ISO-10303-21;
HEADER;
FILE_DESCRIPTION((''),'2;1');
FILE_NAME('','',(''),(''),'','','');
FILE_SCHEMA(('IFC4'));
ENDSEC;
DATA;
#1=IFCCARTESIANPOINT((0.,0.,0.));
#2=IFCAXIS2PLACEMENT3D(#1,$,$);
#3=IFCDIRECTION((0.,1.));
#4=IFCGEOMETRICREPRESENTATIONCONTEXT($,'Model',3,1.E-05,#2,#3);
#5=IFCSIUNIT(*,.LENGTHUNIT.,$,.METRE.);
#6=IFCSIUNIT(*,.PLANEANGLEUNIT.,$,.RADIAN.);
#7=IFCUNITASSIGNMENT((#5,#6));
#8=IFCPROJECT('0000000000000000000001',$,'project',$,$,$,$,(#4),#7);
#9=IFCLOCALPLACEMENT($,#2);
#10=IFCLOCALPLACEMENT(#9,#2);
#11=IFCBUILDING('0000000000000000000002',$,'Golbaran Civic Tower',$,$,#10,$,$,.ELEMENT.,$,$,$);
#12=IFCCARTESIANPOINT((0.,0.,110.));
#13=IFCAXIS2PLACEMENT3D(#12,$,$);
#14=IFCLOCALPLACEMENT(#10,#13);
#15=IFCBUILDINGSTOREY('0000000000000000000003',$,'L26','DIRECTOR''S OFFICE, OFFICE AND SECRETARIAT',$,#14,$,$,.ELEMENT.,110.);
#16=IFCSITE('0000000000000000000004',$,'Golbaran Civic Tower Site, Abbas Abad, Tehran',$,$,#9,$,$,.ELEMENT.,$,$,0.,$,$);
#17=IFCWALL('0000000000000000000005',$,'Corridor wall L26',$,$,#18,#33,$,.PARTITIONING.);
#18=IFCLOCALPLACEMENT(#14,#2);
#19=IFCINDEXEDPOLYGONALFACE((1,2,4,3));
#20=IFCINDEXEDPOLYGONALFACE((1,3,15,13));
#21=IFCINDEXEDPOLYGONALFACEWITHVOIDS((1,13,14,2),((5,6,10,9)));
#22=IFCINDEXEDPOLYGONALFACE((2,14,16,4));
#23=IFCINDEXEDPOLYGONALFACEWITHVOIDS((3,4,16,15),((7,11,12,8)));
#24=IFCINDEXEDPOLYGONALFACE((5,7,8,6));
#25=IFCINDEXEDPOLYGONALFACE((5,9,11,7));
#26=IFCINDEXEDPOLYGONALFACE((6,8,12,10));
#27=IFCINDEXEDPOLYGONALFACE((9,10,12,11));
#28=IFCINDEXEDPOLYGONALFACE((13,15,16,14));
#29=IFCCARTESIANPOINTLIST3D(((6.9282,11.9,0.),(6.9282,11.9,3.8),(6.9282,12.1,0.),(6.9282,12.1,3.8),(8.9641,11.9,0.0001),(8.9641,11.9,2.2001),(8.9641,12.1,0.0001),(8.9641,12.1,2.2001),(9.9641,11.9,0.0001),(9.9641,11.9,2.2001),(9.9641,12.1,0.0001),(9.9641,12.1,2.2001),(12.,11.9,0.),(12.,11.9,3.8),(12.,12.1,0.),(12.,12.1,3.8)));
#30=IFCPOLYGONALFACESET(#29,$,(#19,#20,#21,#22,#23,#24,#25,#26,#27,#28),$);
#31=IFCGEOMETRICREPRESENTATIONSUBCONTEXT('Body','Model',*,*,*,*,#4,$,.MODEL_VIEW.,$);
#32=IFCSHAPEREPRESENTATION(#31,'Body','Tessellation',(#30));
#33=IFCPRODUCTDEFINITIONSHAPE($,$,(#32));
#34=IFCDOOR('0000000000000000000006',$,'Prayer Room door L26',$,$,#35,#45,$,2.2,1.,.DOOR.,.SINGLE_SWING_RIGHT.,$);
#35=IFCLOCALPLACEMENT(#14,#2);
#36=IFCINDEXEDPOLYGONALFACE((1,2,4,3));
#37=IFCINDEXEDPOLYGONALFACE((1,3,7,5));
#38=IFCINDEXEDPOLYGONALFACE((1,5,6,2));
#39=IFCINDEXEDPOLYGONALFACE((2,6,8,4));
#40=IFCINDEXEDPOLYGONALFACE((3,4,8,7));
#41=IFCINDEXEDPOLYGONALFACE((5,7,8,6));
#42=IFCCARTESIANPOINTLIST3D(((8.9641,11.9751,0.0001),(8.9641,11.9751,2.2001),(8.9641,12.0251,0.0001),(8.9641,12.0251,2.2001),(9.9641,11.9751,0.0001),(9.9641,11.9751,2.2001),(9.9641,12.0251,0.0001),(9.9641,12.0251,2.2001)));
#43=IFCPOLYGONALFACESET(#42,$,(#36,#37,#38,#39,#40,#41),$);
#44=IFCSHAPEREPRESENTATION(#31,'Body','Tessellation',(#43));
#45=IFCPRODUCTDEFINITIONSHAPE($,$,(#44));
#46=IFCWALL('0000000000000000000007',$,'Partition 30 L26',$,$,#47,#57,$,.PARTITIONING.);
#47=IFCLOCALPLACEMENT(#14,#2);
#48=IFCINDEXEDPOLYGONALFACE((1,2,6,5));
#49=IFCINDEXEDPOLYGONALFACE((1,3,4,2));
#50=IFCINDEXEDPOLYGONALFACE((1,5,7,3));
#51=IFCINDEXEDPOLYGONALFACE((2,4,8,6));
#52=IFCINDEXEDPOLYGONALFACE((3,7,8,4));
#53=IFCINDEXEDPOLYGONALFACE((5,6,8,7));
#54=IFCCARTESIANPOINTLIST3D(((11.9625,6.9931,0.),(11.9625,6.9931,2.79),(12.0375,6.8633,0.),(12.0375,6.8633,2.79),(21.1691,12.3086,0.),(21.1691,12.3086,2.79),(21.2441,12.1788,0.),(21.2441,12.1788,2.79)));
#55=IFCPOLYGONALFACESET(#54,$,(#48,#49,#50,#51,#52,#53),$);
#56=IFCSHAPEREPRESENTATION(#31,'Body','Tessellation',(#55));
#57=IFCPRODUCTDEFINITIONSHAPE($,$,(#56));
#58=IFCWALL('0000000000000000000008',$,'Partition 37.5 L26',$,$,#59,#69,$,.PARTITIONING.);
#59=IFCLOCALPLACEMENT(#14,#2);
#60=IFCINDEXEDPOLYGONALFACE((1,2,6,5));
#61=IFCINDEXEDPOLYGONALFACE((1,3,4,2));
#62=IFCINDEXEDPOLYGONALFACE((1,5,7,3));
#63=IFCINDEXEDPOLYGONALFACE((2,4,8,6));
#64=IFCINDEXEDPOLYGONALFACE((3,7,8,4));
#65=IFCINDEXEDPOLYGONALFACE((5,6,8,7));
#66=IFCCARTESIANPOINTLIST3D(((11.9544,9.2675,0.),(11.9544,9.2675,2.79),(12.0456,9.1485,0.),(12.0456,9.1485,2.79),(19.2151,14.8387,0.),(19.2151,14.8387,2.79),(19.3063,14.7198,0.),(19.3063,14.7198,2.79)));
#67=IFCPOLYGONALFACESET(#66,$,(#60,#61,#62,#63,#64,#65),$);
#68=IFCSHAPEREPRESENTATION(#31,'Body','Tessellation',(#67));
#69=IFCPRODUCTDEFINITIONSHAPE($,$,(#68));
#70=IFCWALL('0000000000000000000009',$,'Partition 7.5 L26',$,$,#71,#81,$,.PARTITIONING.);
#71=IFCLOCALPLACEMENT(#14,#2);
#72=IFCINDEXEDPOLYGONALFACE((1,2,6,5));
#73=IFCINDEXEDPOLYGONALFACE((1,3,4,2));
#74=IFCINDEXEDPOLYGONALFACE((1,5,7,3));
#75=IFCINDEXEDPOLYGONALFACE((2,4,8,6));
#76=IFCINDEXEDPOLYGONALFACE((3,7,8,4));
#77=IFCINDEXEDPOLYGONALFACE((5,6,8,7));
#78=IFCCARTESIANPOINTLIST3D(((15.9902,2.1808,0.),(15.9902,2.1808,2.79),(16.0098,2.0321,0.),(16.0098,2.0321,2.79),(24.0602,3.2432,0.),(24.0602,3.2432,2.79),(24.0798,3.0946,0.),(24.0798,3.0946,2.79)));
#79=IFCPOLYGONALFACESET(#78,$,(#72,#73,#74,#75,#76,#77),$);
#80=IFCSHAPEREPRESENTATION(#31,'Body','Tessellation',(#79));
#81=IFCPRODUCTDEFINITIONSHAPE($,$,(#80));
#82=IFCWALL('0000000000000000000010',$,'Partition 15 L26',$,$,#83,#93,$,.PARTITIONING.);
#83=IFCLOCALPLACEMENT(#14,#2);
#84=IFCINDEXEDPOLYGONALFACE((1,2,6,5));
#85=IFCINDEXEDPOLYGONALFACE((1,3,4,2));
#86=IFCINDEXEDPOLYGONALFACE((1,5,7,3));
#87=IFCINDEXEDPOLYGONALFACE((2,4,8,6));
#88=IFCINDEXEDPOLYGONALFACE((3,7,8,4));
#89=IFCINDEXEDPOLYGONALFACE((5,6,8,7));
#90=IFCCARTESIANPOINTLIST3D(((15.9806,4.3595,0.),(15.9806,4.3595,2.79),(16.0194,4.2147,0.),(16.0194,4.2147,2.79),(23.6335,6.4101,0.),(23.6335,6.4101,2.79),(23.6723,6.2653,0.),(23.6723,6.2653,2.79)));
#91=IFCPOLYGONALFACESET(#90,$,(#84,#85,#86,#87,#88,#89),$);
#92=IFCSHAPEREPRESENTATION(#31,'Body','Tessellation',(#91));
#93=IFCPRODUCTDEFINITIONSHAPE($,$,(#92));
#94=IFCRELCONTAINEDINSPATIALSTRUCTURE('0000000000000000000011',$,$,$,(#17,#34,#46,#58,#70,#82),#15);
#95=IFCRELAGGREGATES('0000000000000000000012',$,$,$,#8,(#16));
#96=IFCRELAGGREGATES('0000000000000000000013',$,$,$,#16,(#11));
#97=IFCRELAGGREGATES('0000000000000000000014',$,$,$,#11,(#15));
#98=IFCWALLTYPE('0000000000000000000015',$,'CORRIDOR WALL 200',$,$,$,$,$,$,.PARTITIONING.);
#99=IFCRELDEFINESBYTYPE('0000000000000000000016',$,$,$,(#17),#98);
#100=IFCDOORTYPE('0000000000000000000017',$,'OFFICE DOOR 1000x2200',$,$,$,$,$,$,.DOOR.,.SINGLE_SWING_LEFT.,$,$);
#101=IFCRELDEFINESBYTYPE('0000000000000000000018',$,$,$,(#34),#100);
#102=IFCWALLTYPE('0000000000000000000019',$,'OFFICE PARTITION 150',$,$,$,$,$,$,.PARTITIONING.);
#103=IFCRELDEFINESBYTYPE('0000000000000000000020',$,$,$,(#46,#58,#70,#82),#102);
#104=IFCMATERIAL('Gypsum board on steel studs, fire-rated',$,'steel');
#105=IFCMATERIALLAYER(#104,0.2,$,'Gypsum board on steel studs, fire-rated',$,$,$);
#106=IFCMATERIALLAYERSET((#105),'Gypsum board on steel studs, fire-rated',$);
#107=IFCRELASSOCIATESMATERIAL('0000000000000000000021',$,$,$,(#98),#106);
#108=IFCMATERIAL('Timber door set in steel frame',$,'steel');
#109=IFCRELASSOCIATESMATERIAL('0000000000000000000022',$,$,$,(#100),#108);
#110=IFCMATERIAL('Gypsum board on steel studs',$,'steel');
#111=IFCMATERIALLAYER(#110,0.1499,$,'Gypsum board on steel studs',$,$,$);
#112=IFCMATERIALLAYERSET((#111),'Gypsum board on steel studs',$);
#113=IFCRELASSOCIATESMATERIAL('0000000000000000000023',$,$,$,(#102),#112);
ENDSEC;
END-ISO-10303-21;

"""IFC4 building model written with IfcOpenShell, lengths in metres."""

from ifc_helpers import new_model, si_unit, direction, frame, frame_2d, origin, place, context, subcontext, project, spatial, rectangle, extrude, material, layer, layer_set, type_object, element, fill, save


model = new_model("IFC4")

# Units and contexts
model_context = context("Model", 3, precision=1e-05, world=origin(), true_north=direction((0.0, 1.0)))
body_context = subcontext(model_context, "Body", "Model", "MODEL_VIEW")
ifc_project = project(units=[si_unit("LENGTHUNIT", "METRE"), si_unit("PLANEANGLEUNIT", "RADIAN")], contexts=[model_context])

# Site, building, storey
site_placement = place(None, origin())
site = spatial("IfcSite", under=ifc_project, at=site_placement, Name="Golbaran Civic Tower Site, Abbas Abad, Tehran", CompositionType="ELEMENT", RefElevation=0.0)
building_placement = place(site_placement, origin())
building = spatial("IfcBuilding", under=site, at=building_placement, Name="Golbaran Civic Tower", CompositionType="ELEMENT")
storey_placement = place(building_placement, frame((0.0, 0.0, 110.0)))
storey = spatial("IfcBuildingStorey", under=building, at=storey_placement, Name="L26", Description="DIRECTOR'S OFFICE, OFFICE AND SECRETARIAT", CompositionType="ELEMENT", Elevation=110.0)

# Shared definitions
ifc_material_1 = material(Name="Gypsum board on steel studs, fire-rated", Category="steel")
ifc_layer_1 = layer(ifc_material_1, 0.2, Name="Gypsum board on steel studs, fire-rated")
ifc_layer_set_1 = layer_set([ifc_layer_1], Name="Gypsum board on steel studs, fire-rated")
wall_type_1 = type_object("IfcWallType", Name="CORRIDOR WALL 200", PredefinedType="PARTITIONING", material=ifc_layer_set_1)
ifc_material_2 = material(Name="Timber door set in steel frame", Category="steel")
door_type = type_object("IfcDoorType", Name="OFFICE DOOR 1000x2200", OperationType="SINGLE_SWING_LEFT", PredefinedType="DOOR", material=ifc_material_2)

# Wall, opening, door
wall_1_placement = place(storey_placement, frame((12.0, 12.0, 0.0), z_axis=(0.0, 0.0, 1.0), x_axis=(-1.0, 0.0, 0.0)))
wall_1 = element("IfcWall", 1, at=wall_1_placement, inside=storey, type_object=wall_type_1, Name="Corridor wall L26", PredefinedType="PARTITIONING", context=body_context, shape_type="SweptSolid", body=[
    extrude(rectangle(XDim=5.0718, YDim=0.2, at=frame_2d((2.5359, 0.0))), origin(), (0.0, 0.0, 1.0), 3.8),
])
opening_1_placement = place(wall_1_placement, frame((2.0359, 0.0, 0.0)))
opening_1 = element("IfcOpeningElement", 2, at=opening_1_placement, cuts=wall_1, PredefinedType="OPENING", context=body_context, shape_type="SweptSolid", body=[
    extrude(rectangle(XDim=1.0, YDim=2.2, at=frame_2d((0.5, 1.1001))), frame((0.0, 0.1099, 0.0), z_axis=(0.0, -1.0, 0.0), x_axis=(1.0, 0.0, 0.0)), (0.0, 0.0, 1.0), 0.22),
])
door_1_placement = place(opening_1_placement, origin())
door_1 = element("IfcDoor", 3, at=door_1_placement, inside=storey, type_object=door_type, Name="Prayer Room door L26", OperationType="SINGLE_SWING_RIGHT", OverallHeight=2.2, OverallWidth=1.0, PredefinedType="DOOR", context=body_context, shape_type="SweptSolid", body=[
    extrude(rectangle(XDim=1.0, YDim=2.2, at=frame_2d((0.5, 1.1001))), frame((0.0, 0.0249, 0.0), z_axis=(0.0, -1.0, 0.0), x_axis=(1.0, 0.0, 0.0)), (0.0, 0.0, 1.0), 0.05),
])
fill(opening_1, door_1)

# Walls
ifc_material_3 = material(Name="Gypsum board on steel studs", Category="steel")
ifc_layer_2 = layer(ifc_material_3, 0.1499, Name="Gypsum board on steel studs")
ifc_layer_set_2 = layer_set([ifc_layer_2], Name="Gypsum board on steel studs")
wall_type_2 = type_object("IfcWallType", Name="OFFICE PARTITION 150", PredefinedType="PARTITIONING", material=ifc_layer_set_2)
wall_2_placement = place(storey_placement, frame((12.0, 6.9282, 0.0), z_axis=(0.0, 0.0, 1.0), x_axis=(0.866024, 0.500002, 0.0)))
element("IfcWall", 4, at=wall_2_placement, inside=storey, type_object=wall_type_2, Name="Partition 30 L26", PredefinedType="PARTITIONING", context=body_context, shape_type="SweptSolid", body=[
    extrude(rectangle(XDim=10.6309, YDim=0.1499, at=frame_2d((5.3154, 0.0))), origin(), (0.0, 0.0, 1.0), 2.79),
])
wall_3_placement = place(storey_placement, frame((12.0, 9.208, 0.0), z_axis=(0.0, 0.0, 1.0), x_axis=(0.793357, 0.608756, 0.0)))
element("IfcWall", 5, at=wall_3_placement, inside=storey, type_object=wall_type_2, Name="Partition 37.5 L26", PredefinedType="PARTITIONING", context=body_context, shape_type="SweptSolid", body=[
    extrude(rectangle(XDim=9.1519, YDim=0.1499, at=frame_2d((4.5759, 0.0))), origin(), (0.0, 0.0, 1.0), 2.79),
])
wall_4_placement = place(storey_placement, frame((16.0, 2.1064, 0.0), z_axis=(0.0, 0.0, 1.0), x_axis=(0.991444, 0.130533, 0.0)))
element("IfcWall", 6, at=wall_4_placement, inside=storey, type_object=wall_type_2, Name="Partition 7.5 L26", PredefinedType="PARTITIONING", context=body_context, shape_type="SweptSolid", body=[
    extrude(rectangle(XDim=8.1396, YDim=0.1499, at=frame_2d((4.0698, 0.0))), origin(), (0.0, 0.0, 1.0), 2.79),
])
wall_5_placement = place(storey_placement, frame((16.0, 4.2871, 0.0), z_axis=(0.0, 0.0, 1.0), x_axis=(0.965927, 0.258815, 0.0)))
element("IfcWall", 7, at=wall_5_placement, inside=storey, type_object=wall_type_2, Name="Partition 15 L26", PredefinedType="PARTITIONING", context=body_context, shape_type="SweptSolid", body=[
    extrude(rectangle(XDim=7.9229, YDim=0.1499, at=frame_2d((3.9614, 0.0))), origin(), (0.0, 0.0, 1.0), 2.79),
])

save(model, "model.ifc")
